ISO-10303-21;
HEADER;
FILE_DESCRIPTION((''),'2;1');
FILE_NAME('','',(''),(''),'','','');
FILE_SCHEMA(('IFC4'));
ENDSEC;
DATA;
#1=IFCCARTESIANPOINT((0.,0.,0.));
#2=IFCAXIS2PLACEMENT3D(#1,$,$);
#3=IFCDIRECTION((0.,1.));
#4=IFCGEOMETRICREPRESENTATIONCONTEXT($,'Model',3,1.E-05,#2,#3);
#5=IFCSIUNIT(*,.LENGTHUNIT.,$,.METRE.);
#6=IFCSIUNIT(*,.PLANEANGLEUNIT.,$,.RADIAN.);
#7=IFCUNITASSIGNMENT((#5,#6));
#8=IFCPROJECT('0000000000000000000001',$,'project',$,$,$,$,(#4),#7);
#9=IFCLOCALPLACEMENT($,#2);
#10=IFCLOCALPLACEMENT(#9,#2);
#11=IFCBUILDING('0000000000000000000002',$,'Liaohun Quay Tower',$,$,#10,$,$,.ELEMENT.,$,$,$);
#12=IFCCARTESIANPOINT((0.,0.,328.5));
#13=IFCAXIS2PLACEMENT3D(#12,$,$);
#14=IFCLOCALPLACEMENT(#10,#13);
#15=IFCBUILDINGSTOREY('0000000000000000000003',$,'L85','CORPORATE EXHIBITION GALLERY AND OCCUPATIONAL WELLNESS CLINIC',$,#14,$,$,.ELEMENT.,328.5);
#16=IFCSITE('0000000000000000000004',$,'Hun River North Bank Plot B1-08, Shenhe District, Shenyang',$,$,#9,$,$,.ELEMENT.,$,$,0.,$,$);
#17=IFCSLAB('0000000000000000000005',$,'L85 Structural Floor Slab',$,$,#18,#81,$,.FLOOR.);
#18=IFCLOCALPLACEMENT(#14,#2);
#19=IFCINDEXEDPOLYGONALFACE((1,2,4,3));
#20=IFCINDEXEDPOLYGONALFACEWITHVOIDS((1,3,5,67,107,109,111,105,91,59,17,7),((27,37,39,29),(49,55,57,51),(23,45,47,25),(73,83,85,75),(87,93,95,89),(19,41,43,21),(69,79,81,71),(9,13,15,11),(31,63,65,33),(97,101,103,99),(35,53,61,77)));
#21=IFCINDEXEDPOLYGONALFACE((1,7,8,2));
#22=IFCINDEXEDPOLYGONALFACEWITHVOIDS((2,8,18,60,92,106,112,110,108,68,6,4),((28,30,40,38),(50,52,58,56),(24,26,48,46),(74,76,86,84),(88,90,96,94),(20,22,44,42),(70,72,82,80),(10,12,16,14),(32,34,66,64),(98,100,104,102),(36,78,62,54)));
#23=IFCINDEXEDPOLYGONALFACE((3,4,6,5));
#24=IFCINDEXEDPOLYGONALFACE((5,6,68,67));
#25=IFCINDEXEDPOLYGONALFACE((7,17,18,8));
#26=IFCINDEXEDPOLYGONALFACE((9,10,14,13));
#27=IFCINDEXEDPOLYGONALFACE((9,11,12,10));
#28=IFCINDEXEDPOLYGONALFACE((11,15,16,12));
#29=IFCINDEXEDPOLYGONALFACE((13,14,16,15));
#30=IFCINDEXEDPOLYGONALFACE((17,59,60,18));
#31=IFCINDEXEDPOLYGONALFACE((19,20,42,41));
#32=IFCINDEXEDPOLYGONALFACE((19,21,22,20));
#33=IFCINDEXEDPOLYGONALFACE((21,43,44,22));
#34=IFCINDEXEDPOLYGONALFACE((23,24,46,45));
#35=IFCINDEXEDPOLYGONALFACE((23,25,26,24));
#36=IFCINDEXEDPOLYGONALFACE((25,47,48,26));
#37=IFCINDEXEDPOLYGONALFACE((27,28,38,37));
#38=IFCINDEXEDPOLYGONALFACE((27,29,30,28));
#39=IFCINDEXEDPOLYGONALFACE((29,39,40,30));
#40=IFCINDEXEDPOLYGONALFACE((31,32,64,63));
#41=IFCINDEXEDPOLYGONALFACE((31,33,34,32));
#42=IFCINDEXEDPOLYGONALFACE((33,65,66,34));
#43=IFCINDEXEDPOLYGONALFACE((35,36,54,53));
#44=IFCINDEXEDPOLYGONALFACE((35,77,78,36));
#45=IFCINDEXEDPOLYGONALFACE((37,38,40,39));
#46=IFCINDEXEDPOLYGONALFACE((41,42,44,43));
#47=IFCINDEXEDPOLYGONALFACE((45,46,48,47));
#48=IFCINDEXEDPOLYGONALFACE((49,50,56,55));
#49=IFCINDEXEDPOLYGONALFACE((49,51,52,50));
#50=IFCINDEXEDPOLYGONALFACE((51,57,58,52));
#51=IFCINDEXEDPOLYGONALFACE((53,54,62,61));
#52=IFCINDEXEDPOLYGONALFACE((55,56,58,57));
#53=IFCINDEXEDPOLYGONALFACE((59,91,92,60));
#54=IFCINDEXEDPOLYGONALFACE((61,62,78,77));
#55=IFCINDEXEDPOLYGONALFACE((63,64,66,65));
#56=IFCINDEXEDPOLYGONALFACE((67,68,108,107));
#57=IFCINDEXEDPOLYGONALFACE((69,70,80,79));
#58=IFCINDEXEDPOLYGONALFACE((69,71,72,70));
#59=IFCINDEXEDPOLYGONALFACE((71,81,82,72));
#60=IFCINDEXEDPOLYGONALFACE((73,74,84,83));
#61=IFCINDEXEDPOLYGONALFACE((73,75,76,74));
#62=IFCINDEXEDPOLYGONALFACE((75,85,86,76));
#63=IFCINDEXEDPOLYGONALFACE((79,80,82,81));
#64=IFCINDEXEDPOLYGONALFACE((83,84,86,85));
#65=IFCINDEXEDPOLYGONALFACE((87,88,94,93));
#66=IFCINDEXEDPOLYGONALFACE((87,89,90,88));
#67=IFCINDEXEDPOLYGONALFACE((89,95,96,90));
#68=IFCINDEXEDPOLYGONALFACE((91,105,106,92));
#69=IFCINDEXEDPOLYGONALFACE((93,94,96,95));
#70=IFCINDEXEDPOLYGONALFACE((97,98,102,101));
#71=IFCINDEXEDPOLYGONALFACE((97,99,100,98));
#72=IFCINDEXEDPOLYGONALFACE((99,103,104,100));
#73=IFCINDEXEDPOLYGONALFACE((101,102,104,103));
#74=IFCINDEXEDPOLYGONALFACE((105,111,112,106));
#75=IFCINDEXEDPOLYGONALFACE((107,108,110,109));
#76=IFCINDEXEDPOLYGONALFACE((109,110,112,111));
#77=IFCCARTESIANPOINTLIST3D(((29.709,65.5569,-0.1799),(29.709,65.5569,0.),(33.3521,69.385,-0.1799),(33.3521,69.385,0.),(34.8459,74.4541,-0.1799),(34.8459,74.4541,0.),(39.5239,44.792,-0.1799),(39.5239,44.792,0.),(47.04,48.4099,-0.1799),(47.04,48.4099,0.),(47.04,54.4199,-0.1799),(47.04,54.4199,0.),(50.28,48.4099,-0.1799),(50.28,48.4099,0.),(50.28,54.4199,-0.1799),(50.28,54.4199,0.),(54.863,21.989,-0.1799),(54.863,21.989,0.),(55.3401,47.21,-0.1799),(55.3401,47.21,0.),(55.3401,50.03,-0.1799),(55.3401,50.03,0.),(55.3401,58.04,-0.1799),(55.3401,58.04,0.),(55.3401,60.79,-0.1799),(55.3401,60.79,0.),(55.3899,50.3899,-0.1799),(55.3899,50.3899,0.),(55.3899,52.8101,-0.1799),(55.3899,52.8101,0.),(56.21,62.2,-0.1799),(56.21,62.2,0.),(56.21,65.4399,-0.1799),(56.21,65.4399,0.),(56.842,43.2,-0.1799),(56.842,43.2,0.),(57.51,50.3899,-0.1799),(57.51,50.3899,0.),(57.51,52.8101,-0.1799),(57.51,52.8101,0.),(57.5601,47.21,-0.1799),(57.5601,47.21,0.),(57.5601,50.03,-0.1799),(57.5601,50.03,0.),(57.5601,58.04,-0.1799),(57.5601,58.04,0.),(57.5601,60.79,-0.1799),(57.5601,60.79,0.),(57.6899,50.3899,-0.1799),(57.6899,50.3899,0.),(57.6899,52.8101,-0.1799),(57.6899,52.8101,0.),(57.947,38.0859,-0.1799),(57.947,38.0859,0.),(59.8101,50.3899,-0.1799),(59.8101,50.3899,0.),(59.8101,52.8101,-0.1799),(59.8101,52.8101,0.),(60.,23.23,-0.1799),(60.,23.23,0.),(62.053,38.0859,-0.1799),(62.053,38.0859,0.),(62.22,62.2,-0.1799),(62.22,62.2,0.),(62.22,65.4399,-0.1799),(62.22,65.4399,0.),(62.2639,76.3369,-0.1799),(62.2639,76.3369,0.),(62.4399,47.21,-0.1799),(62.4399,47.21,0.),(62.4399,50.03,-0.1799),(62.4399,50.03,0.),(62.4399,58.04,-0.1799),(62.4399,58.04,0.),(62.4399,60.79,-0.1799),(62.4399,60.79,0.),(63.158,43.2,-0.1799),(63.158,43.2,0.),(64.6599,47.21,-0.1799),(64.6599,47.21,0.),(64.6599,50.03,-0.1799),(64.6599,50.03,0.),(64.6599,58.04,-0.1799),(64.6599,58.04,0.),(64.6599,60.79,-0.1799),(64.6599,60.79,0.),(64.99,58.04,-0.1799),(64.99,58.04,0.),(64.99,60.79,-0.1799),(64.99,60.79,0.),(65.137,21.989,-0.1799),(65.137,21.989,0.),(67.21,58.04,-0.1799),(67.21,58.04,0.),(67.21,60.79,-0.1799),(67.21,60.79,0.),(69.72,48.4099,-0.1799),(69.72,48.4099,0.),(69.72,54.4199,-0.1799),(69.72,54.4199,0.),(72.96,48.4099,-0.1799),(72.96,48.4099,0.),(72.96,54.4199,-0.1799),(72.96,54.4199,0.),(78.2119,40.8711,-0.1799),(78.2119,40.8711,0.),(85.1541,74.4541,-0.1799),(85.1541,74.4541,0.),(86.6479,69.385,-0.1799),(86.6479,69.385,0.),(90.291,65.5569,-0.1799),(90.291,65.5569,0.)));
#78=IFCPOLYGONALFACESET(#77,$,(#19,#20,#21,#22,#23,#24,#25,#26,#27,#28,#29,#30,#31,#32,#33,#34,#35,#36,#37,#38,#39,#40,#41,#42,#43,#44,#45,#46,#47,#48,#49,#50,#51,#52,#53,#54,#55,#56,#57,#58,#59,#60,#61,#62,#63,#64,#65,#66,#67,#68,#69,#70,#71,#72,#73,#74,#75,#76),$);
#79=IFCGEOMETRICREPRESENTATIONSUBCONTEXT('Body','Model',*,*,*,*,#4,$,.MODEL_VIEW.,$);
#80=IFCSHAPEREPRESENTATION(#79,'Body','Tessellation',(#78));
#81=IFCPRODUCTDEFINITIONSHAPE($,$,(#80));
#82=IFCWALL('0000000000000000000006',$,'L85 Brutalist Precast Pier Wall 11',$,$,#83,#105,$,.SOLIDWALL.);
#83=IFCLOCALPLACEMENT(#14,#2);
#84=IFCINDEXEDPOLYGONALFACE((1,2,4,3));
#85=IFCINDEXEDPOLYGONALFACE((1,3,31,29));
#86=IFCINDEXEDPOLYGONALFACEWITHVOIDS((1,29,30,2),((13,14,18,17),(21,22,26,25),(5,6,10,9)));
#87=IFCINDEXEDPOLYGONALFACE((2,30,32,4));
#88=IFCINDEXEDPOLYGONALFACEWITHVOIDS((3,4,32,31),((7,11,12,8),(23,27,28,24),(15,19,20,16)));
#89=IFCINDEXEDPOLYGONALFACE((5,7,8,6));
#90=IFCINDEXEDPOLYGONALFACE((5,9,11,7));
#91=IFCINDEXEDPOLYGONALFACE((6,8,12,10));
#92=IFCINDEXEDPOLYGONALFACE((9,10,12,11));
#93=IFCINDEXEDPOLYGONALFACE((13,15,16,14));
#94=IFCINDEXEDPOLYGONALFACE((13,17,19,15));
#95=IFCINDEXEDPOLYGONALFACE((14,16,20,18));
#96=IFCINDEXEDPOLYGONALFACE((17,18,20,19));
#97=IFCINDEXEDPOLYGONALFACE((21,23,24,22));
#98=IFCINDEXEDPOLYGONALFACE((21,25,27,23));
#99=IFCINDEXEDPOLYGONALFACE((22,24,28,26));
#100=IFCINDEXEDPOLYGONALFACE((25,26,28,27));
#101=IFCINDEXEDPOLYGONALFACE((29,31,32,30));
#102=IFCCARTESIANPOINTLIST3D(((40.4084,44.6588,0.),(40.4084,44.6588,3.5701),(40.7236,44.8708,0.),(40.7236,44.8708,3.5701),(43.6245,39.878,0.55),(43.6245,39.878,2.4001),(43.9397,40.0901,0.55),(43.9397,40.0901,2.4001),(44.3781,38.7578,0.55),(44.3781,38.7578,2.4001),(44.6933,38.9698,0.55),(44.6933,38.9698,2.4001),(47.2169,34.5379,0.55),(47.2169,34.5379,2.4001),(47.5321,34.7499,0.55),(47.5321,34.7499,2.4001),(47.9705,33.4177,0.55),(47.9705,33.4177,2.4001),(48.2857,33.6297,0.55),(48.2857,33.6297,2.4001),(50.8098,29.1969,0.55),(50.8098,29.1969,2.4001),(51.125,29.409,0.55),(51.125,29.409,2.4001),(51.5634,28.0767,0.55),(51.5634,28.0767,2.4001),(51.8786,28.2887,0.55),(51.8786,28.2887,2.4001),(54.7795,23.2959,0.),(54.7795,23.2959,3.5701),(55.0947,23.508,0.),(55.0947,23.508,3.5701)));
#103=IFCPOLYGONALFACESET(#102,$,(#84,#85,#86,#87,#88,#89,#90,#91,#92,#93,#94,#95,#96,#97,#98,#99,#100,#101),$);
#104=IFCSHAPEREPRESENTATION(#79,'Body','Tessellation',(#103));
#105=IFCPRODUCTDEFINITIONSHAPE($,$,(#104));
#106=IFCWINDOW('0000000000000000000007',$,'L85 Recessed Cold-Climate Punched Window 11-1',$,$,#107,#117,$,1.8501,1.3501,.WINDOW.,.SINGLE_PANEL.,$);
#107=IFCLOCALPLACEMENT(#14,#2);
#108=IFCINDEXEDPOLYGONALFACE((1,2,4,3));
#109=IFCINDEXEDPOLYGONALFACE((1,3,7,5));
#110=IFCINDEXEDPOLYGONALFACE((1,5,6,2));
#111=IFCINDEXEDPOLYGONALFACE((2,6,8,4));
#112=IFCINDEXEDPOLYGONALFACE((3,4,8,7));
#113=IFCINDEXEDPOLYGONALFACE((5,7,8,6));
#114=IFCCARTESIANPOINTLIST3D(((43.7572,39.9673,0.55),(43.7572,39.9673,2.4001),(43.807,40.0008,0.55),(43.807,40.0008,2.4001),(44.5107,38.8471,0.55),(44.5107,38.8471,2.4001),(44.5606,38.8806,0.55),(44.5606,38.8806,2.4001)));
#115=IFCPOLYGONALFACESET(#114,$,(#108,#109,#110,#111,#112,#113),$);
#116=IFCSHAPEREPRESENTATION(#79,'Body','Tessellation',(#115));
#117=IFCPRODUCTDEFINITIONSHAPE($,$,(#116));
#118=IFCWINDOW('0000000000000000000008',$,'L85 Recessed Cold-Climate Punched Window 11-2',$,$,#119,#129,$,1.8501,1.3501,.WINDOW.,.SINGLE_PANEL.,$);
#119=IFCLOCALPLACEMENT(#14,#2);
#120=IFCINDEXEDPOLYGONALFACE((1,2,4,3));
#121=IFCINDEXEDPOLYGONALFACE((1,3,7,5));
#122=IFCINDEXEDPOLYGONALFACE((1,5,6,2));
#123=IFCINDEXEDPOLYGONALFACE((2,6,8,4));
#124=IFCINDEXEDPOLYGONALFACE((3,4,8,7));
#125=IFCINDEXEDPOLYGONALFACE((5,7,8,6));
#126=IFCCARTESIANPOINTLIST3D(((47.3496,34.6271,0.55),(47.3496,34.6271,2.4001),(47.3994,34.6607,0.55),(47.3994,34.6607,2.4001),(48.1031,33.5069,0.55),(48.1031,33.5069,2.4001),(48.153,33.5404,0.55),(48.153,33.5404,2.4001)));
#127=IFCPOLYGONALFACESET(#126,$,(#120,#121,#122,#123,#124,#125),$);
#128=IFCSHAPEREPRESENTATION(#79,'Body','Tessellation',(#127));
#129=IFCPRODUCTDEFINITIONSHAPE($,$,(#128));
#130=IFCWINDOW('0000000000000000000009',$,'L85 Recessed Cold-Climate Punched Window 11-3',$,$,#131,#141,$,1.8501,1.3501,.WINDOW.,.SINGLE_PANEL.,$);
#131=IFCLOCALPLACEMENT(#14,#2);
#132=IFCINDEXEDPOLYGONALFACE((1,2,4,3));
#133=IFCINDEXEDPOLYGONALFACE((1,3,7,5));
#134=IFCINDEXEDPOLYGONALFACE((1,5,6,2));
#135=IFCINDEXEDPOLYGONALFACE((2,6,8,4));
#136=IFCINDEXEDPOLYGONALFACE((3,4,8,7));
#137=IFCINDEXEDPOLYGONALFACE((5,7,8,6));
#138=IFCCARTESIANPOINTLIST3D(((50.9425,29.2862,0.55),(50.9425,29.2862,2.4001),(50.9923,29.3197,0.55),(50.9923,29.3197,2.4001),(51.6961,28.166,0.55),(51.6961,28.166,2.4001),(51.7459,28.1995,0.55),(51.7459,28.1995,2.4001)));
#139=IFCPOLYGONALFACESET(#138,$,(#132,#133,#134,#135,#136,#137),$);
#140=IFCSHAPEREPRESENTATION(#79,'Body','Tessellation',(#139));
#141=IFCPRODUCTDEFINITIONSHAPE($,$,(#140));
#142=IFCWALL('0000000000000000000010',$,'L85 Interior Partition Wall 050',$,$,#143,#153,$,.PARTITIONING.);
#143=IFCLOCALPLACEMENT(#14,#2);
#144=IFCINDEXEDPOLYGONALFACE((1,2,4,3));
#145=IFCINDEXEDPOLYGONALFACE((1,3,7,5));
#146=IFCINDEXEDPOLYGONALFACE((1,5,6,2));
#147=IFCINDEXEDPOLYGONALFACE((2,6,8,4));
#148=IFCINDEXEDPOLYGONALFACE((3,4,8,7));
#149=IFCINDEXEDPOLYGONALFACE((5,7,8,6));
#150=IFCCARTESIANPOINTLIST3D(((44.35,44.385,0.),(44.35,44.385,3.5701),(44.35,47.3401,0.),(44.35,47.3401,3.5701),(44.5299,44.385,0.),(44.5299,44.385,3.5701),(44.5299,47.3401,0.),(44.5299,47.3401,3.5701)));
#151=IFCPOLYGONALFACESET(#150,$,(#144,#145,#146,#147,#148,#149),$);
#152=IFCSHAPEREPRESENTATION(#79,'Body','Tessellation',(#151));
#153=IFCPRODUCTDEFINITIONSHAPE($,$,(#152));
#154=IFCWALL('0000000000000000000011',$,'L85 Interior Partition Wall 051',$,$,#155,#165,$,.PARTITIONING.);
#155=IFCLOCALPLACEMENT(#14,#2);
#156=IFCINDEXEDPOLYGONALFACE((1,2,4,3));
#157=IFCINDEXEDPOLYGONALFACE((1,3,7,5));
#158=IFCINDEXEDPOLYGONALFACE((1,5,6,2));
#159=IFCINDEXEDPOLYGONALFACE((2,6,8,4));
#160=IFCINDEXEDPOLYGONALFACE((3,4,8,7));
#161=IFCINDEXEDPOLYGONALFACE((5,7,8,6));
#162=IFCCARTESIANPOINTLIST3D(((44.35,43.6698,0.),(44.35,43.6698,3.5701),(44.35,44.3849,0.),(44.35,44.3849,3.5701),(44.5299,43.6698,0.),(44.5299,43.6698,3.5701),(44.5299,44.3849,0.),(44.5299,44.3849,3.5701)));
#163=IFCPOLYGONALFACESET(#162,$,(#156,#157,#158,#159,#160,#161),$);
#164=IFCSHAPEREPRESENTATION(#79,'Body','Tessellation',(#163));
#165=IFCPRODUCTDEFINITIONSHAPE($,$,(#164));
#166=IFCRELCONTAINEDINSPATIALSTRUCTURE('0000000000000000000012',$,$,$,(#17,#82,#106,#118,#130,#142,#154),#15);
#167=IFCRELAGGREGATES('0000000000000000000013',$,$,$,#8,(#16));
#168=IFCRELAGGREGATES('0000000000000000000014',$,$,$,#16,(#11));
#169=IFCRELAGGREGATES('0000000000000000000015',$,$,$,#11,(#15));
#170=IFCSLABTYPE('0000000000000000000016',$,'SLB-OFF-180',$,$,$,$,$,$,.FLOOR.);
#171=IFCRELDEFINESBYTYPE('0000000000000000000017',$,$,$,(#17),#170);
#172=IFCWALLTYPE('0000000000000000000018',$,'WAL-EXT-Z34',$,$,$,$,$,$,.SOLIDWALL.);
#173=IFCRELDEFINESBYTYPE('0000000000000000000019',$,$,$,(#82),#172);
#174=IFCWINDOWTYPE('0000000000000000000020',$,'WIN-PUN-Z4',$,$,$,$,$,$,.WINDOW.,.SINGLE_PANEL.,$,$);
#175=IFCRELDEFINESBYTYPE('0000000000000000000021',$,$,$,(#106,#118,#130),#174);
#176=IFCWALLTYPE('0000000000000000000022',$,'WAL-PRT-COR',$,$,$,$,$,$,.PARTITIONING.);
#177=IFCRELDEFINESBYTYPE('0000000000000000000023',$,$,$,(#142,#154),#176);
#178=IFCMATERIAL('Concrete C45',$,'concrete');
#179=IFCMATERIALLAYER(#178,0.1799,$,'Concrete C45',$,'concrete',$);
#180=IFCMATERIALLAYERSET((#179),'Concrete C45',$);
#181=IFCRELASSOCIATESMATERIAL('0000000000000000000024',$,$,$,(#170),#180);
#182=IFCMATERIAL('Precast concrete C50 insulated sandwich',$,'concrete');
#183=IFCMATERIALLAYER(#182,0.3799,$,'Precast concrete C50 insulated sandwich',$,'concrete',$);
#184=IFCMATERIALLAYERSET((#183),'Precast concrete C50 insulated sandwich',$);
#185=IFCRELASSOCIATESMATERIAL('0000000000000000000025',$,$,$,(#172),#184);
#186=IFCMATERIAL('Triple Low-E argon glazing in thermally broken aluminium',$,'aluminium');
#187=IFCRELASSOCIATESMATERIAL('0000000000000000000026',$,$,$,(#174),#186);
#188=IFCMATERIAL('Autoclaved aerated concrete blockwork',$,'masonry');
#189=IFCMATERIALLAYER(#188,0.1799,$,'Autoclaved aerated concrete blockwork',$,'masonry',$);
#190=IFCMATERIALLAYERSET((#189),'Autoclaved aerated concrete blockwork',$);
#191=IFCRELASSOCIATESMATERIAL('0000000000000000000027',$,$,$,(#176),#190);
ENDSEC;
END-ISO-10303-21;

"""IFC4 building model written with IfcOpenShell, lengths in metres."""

from ifc_helpers import new_model, si_unit, direction, frame, frame_2d, origin, place, context, subcontext, project, spatial, polyline, rectangle, outline, extrude, source, transform, mapped, material, layer, layer_set, type_object, element, fill, save


model = new_model("IFC4")

# Units and contexts
model_context = context("Model", 3, precision=1e-05, world=origin(), true_north=direction((0.0, 1.0)))
body_context = subcontext(model_context, "Body", "Model", "MODEL_VIEW")
ifc_project = project(units=[si_unit("LENGTHUNIT", "METRE"), si_unit("PLANEANGLEUNIT", "RADIAN")], contexts=[model_context])

# Site, building, storey
site_placement = place(None, origin())
site = spatial("IfcSite", under=ifc_project, at=site_placement, Name="Hun River North Bank Plot B1-08, Shenhe District, Shenyang", CompositionType="ELEMENT", RefElevation=0.0)
building_placement = place(site_placement, origin())
building = spatial("IfcBuilding", under=site, at=building_placement, Name="Liaohun Quay Tower", CompositionType="ELEMENT")
storey_placement = place(building_placement, frame((0.0, 0.0, 328.5)))
storey = spatial("IfcBuildingStorey", under=building, at=storey_placement, Name="L85", Description="CORPORATE EXHIBITION GALLERY AND OCCUPATIONAL WELLNESS CLINIC", CompositionType="ELEMENT", Elevation=328.5)

# Shared definitions
ifc_material_1 = material(Name="Concrete C45", Category="concrete")

# Slab
ifc_layer_1 = layer(ifc_material_1, 0.1799, Name="Concrete C45", Category="concrete")
ifc_layer_set_1 = layer_set([ifc_layer_1], Name="Concrete C45")
slab_type_1 = type_object("IfcSlabType", Name="SLB-OFF-180", PredefinedType="FLOOR", material=ifc_layer_set_1)
slab_1_placement = place(storey_placement, frame((0.0, 0.0, -0.1799)))
element("IfcSlab", 1, at=slab_1_placement, inside=storey, type_object=slab_type_1, Name="L85 Structural Floor Slab", PredefinedType="FLOOR", context=body_context, shape_type="SweptSolid", body=[
    extrude(outline(polyline([(54.863, 21.989), (60.0, 23.23), (65.137, 21.989), (78.2119, 40.8711), (90.291, 65.5569), (86.6479, 69.385), (85.1541, 74.4541), (62.2639, 76.3369), (34.8459, 74.4541), (33.3521, 69.385), (29.709, 65.5569), (39.5239, 44.792), (54.863, 21.989)]), holes=[polyline([(57.5601, 50.03), (55.3401, 50.03), (55.3401, 47.21), (57.5601, 47.21), (57.5601, 50.03)]), polyline([(47.04, 54.4199), (47.04, 48.4099), (50.28, 48.4099), (50.28, 54.4199), (47.04, 54.4199)]), polyline([(57.51, 52.8101), (55.3899, 52.8101), (55.3899, 50.3899), (57.51, 50.3899), (57.51, 52.8101)]), polyline([(59.8101, 50.3899), (59.8101, 52.8101), (57.6899, 52.8101), (57.6899, 50.3899), (59.8101, 50.3899)]), polyline([(57.5601, 58.04), (57.5601, 60.79), (55.3401, 60.79), (55.3401, 58.04), (57.5601, 58.04)]), polyline([(62.22, 65.4399), (56.21, 65.4399), (56.21, 62.2), (62.22, 62.2), (62.22, 65.4399)]), polyline([(62.053, 38.0859), (63.158, 43.2), (56.842, 43.2), (57.947, 38.0859), (62.053, 38.0859)]), polyline([(64.6599, 47.21), (64.6599, 50.03), (62.4399, 50.03), (62.4399, 47.21), (64.6599, 47.21)]), polyline([(69.72, 54.4199), (69.72, 48.4099), (72.96, 48.4099), (72.96, 54.4199), (69.72, 54.4199)]), polyline([(64.6599, 58.04), (64.6599, 60.79), (62.4399, 60.79), (62.4399, 58.04), (64.6599, 58.04)]), polyline([(67.21, 58.04), (67.21, 60.79), (64.99, 60.79), (64.99, 58.04), (67.21, 58.04)])]), origin(), (0.0, 0.0, 1.0), 0.1799),
])

# Wall, openings, windows
ifc_material_2 = material(Name="Precast concrete C50 insulated sandwich", Category="concrete")
ifc_layer_2 = layer(ifc_material_2, 0.3799, Name="Precast concrete C50 insulated sandwich", Category="concrete")
ifc_layer_set_2 = layer_set([ifc_layer_2], Name="Precast concrete C50 insulated sandwich")
wall_type_1 = type_object("IfcWallType", Name="WAL-EXT-Z34", PredefinedType="SOLIDWALL", material=ifc_layer_set_2)
wall_1_placement = place(storey_placement, frame((40.5659, 44.7649, 0.0), z_axis=(0.0, 0.0, 1.0), x_axis=(0.55817, -0.829726, 0.0)))
wall_1 = element("IfcWall", 2, at=wall_1_placement, inside=storey, type_object=wall_type_1, Name="L85 Brutalist Precast Pier Wall 11", PredefinedType="SOLIDWALL", context=body_context, shape_type="SweptSolid", body=[
    extrude(rectangle(XDim=25.7468, YDim=0.3799, at=frame_2d((12.8735, 0.0))), origin(), (0.0, 0.0, 1.0), 3.5701),
])
shared_shape_1 = source(origin(), body_context, "Body", "SweptSolid", [
    extrude(rectangle(XDim=1.3501, YDim=1.8501, at=frame_2d((0.675, 0.925))), frame((0.0, 0.2, 0.0), z_axis=(0.0, -1.0, 0.0), x_axis=(1.0, 0.0, 0.0)), (0.0, 0.0, 1.0), 0.3999),
])
opening_1_placement = place(wall_1_placement, frame((5.762, 0.0, 0.55)))
opening_1 = element("IfcOpeningElement", 3, at=opening_1_placement, cuts=wall_1, PredefinedType="OPENING", context=body_context, shape_type="MappedRepresentation", body=[
    mapped(shared_shape_1, transform((0.0, 0.0, 0.0), x_axis=(1.0, 0.0, 0.0), y_axis=(0.0, 1.0, 0.0), z_axis=(0.0, 0.0, 1.0), scale=1.0)),
])
opening_2_placement = place(wall_1_placement, frame((12.198, 0.0, 0.55)))
opening_2 = element("IfcOpeningElement", 4, at=opening_2_placement, cuts=wall_1, PredefinedType="OPENING", context=body_context, shape_type="MappedRepresentation", body=[
    mapped(shared_shape_1, transform((0.0, 0.0, 0.0), x_axis=(1.0, 0.0, 0.0), y_axis=(0.0, 1.0, 0.0), z_axis=(0.0, 0.0, 1.0), scale=1.0)),
])
opening_3_placement = place(wall_1_placement, frame((18.635, 0.0, 0.55)))
opening_3 = element("IfcOpeningElement", 5, at=opening_3_placement, cuts=wall_1, PredefinedType="OPENING", context=body_context, shape_type="MappedRepresentation", body=[
    mapped(shared_shape_1, transform((0.0, 0.0, 0.0), x_axis=(1.0, 0.0, 0.0), y_axis=(0.0, 1.0, 0.0), z_axis=(0.0, 0.0, 1.0), scale=1.0)),
])
ifc_material_3 = material(Name="Triple Low-E argon glazing in thermally broken aluminium", Category="aluminium")
window_type = type_object("IfcWindowType", Name="WIN-PUN-Z4", PartitioningType="SINGLE_PANEL", PredefinedType="WINDOW", material=ifc_material_3)
shared_shape_2 = source(origin(), body_context, "Body", "SweptSolid", [
    extrude(rectangle(XDim=1.3501, YDim=1.8501, at=frame_2d((0.675, 0.925))), frame((0.0, 0.03, 0.0), z_axis=(0.0, -1.0, 0.0), x_axis=(1.0, 0.0, 0.0)), (0.0, 0.0, 1.0), 0.0601),
])
window_1_placement = place(opening_1_placement, origin())
window_1 = element("IfcWindow", 6, at=window_1_placement, inside=storey, type_object=window_type, Name="L85 Recessed Cold-Climate Punched Window 11-1", OverallHeight=1.8501, OverallWidth=1.3501, PartitioningType="SINGLE_PANEL", PredefinedType="WINDOW", context=body_context, shape_type="MappedRepresentation", body=[
    mapped(shared_shape_2, transform((0.0, 0.0, 0.0), x_axis=(1.0, 0.0, 0.0), y_axis=(0.0, 1.0, 0.0), z_axis=(0.0, 0.0, 1.0), scale=1.0)),
])
fill(opening_1, window_1)
window_2_placement = place(opening_2_placement, origin())
window_2 = element("IfcWindow", 7, at=window_2_placement, inside=storey, type_object=window_type, Name="L85 Recessed Cold-Climate Punched Window 11-2", OverallHeight=1.8501, OverallWidth=1.3501, PartitioningType="SINGLE_PANEL", PredefinedType="WINDOW", context=body_context, shape_type="MappedRepresentation", body=[
    mapped(shared_shape_2, transform((0.0, 0.0, 0.0), x_axis=(1.0, 0.0, 0.0), y_axis=(0.0, 1.0, 0.0), z_axis=(0.0, 0.0, 1.0), scale=1.0)),
])
fill(opening_2, window_2)
window_3_placement = place(opening_3_placement, origin())
window_3 = element("IfcWindow", 8, at=window_3_placement, inside=storey, type_object=window_type, Name="L85 Recessed Cold-Climate Punched Window 11-3", OverallHeight=1.8501, OverallWidth=1.3501, PartitioningType="SINGLE_PANEL", PredefinedType="WINDOW", context=body_context, shape_type="MappedRepresentation", body=[
    mapped(shared_shape_2, transform((0.0, 0.0, 0.0), x_axis=(1.0, 0.0, 0.0), y_axis=(0.0, 1.0, 0.0), z_axis=(0.0, 0.0, 1.0), scale=1.0)),
])
fill(opening_3, window_3)

# Walls
ifc_material_4 = material(Name="Autoclaved aerated concrete blockwork", Category="masonry")
ifc_layer_3 = layer(ifc_material_4, 0.1799, Name="Autoclaved aerated concrete blockwork", Category="masonry")
ifc_layer_set_3 = layer_set([ifc_layer_3], Name="Autoclaved aerated concrete blockwork")
wall_type_2 = type_object("IfcWallType", Name="WAL-PRT-COR", PredefinedType="PARTITIONING", material=ifc_layer_set_3)
wall_2_placement = place(storey_placement, frame((44.4399, 44.385, 0.0), z_axis=(0.0, 0.0, 1.0), x_axis=(0.0, 1.0, 0.0)))
element("IfcWall", 9, at=wall_2_placement, inside=storey, type_object=wall_type_2, Name="L85 Interior Partition Wall 050", PredefinedType="PARTITIONING", context=body_context, shape_type="SweptSolid", body=[
    extrude(rectangle(XDim=2.9551, YDim=0.1799, at=frame_2d((1.4775, 0.0))), origin(), (0.0, 0.0, 1.0), 3.5701),
])
wall_3_placement = place(storey_placement, frame((44.4399, 43.6699, 0.0), z_axis=(0.0, 0.0, 1.0), x_axis=(0.0, 1.0, 0.0)))
element("IfcWall", 10, at=wall_3_placement, inside=storey, type_object=wall_type_2, Name="L85 Interior Partition Wall 051", PredefinedType="PARTITIONING", context=body_context, shape_type="SweptSolid", body=[
    extrude(rectangle(XDim=0.7151, YDim=0.1799, at=frame_2d((0.3574, 0.0))), origin(), (0.0, 0.0, 1.0), 3.5701),
])

save(model, "model.ifc")
